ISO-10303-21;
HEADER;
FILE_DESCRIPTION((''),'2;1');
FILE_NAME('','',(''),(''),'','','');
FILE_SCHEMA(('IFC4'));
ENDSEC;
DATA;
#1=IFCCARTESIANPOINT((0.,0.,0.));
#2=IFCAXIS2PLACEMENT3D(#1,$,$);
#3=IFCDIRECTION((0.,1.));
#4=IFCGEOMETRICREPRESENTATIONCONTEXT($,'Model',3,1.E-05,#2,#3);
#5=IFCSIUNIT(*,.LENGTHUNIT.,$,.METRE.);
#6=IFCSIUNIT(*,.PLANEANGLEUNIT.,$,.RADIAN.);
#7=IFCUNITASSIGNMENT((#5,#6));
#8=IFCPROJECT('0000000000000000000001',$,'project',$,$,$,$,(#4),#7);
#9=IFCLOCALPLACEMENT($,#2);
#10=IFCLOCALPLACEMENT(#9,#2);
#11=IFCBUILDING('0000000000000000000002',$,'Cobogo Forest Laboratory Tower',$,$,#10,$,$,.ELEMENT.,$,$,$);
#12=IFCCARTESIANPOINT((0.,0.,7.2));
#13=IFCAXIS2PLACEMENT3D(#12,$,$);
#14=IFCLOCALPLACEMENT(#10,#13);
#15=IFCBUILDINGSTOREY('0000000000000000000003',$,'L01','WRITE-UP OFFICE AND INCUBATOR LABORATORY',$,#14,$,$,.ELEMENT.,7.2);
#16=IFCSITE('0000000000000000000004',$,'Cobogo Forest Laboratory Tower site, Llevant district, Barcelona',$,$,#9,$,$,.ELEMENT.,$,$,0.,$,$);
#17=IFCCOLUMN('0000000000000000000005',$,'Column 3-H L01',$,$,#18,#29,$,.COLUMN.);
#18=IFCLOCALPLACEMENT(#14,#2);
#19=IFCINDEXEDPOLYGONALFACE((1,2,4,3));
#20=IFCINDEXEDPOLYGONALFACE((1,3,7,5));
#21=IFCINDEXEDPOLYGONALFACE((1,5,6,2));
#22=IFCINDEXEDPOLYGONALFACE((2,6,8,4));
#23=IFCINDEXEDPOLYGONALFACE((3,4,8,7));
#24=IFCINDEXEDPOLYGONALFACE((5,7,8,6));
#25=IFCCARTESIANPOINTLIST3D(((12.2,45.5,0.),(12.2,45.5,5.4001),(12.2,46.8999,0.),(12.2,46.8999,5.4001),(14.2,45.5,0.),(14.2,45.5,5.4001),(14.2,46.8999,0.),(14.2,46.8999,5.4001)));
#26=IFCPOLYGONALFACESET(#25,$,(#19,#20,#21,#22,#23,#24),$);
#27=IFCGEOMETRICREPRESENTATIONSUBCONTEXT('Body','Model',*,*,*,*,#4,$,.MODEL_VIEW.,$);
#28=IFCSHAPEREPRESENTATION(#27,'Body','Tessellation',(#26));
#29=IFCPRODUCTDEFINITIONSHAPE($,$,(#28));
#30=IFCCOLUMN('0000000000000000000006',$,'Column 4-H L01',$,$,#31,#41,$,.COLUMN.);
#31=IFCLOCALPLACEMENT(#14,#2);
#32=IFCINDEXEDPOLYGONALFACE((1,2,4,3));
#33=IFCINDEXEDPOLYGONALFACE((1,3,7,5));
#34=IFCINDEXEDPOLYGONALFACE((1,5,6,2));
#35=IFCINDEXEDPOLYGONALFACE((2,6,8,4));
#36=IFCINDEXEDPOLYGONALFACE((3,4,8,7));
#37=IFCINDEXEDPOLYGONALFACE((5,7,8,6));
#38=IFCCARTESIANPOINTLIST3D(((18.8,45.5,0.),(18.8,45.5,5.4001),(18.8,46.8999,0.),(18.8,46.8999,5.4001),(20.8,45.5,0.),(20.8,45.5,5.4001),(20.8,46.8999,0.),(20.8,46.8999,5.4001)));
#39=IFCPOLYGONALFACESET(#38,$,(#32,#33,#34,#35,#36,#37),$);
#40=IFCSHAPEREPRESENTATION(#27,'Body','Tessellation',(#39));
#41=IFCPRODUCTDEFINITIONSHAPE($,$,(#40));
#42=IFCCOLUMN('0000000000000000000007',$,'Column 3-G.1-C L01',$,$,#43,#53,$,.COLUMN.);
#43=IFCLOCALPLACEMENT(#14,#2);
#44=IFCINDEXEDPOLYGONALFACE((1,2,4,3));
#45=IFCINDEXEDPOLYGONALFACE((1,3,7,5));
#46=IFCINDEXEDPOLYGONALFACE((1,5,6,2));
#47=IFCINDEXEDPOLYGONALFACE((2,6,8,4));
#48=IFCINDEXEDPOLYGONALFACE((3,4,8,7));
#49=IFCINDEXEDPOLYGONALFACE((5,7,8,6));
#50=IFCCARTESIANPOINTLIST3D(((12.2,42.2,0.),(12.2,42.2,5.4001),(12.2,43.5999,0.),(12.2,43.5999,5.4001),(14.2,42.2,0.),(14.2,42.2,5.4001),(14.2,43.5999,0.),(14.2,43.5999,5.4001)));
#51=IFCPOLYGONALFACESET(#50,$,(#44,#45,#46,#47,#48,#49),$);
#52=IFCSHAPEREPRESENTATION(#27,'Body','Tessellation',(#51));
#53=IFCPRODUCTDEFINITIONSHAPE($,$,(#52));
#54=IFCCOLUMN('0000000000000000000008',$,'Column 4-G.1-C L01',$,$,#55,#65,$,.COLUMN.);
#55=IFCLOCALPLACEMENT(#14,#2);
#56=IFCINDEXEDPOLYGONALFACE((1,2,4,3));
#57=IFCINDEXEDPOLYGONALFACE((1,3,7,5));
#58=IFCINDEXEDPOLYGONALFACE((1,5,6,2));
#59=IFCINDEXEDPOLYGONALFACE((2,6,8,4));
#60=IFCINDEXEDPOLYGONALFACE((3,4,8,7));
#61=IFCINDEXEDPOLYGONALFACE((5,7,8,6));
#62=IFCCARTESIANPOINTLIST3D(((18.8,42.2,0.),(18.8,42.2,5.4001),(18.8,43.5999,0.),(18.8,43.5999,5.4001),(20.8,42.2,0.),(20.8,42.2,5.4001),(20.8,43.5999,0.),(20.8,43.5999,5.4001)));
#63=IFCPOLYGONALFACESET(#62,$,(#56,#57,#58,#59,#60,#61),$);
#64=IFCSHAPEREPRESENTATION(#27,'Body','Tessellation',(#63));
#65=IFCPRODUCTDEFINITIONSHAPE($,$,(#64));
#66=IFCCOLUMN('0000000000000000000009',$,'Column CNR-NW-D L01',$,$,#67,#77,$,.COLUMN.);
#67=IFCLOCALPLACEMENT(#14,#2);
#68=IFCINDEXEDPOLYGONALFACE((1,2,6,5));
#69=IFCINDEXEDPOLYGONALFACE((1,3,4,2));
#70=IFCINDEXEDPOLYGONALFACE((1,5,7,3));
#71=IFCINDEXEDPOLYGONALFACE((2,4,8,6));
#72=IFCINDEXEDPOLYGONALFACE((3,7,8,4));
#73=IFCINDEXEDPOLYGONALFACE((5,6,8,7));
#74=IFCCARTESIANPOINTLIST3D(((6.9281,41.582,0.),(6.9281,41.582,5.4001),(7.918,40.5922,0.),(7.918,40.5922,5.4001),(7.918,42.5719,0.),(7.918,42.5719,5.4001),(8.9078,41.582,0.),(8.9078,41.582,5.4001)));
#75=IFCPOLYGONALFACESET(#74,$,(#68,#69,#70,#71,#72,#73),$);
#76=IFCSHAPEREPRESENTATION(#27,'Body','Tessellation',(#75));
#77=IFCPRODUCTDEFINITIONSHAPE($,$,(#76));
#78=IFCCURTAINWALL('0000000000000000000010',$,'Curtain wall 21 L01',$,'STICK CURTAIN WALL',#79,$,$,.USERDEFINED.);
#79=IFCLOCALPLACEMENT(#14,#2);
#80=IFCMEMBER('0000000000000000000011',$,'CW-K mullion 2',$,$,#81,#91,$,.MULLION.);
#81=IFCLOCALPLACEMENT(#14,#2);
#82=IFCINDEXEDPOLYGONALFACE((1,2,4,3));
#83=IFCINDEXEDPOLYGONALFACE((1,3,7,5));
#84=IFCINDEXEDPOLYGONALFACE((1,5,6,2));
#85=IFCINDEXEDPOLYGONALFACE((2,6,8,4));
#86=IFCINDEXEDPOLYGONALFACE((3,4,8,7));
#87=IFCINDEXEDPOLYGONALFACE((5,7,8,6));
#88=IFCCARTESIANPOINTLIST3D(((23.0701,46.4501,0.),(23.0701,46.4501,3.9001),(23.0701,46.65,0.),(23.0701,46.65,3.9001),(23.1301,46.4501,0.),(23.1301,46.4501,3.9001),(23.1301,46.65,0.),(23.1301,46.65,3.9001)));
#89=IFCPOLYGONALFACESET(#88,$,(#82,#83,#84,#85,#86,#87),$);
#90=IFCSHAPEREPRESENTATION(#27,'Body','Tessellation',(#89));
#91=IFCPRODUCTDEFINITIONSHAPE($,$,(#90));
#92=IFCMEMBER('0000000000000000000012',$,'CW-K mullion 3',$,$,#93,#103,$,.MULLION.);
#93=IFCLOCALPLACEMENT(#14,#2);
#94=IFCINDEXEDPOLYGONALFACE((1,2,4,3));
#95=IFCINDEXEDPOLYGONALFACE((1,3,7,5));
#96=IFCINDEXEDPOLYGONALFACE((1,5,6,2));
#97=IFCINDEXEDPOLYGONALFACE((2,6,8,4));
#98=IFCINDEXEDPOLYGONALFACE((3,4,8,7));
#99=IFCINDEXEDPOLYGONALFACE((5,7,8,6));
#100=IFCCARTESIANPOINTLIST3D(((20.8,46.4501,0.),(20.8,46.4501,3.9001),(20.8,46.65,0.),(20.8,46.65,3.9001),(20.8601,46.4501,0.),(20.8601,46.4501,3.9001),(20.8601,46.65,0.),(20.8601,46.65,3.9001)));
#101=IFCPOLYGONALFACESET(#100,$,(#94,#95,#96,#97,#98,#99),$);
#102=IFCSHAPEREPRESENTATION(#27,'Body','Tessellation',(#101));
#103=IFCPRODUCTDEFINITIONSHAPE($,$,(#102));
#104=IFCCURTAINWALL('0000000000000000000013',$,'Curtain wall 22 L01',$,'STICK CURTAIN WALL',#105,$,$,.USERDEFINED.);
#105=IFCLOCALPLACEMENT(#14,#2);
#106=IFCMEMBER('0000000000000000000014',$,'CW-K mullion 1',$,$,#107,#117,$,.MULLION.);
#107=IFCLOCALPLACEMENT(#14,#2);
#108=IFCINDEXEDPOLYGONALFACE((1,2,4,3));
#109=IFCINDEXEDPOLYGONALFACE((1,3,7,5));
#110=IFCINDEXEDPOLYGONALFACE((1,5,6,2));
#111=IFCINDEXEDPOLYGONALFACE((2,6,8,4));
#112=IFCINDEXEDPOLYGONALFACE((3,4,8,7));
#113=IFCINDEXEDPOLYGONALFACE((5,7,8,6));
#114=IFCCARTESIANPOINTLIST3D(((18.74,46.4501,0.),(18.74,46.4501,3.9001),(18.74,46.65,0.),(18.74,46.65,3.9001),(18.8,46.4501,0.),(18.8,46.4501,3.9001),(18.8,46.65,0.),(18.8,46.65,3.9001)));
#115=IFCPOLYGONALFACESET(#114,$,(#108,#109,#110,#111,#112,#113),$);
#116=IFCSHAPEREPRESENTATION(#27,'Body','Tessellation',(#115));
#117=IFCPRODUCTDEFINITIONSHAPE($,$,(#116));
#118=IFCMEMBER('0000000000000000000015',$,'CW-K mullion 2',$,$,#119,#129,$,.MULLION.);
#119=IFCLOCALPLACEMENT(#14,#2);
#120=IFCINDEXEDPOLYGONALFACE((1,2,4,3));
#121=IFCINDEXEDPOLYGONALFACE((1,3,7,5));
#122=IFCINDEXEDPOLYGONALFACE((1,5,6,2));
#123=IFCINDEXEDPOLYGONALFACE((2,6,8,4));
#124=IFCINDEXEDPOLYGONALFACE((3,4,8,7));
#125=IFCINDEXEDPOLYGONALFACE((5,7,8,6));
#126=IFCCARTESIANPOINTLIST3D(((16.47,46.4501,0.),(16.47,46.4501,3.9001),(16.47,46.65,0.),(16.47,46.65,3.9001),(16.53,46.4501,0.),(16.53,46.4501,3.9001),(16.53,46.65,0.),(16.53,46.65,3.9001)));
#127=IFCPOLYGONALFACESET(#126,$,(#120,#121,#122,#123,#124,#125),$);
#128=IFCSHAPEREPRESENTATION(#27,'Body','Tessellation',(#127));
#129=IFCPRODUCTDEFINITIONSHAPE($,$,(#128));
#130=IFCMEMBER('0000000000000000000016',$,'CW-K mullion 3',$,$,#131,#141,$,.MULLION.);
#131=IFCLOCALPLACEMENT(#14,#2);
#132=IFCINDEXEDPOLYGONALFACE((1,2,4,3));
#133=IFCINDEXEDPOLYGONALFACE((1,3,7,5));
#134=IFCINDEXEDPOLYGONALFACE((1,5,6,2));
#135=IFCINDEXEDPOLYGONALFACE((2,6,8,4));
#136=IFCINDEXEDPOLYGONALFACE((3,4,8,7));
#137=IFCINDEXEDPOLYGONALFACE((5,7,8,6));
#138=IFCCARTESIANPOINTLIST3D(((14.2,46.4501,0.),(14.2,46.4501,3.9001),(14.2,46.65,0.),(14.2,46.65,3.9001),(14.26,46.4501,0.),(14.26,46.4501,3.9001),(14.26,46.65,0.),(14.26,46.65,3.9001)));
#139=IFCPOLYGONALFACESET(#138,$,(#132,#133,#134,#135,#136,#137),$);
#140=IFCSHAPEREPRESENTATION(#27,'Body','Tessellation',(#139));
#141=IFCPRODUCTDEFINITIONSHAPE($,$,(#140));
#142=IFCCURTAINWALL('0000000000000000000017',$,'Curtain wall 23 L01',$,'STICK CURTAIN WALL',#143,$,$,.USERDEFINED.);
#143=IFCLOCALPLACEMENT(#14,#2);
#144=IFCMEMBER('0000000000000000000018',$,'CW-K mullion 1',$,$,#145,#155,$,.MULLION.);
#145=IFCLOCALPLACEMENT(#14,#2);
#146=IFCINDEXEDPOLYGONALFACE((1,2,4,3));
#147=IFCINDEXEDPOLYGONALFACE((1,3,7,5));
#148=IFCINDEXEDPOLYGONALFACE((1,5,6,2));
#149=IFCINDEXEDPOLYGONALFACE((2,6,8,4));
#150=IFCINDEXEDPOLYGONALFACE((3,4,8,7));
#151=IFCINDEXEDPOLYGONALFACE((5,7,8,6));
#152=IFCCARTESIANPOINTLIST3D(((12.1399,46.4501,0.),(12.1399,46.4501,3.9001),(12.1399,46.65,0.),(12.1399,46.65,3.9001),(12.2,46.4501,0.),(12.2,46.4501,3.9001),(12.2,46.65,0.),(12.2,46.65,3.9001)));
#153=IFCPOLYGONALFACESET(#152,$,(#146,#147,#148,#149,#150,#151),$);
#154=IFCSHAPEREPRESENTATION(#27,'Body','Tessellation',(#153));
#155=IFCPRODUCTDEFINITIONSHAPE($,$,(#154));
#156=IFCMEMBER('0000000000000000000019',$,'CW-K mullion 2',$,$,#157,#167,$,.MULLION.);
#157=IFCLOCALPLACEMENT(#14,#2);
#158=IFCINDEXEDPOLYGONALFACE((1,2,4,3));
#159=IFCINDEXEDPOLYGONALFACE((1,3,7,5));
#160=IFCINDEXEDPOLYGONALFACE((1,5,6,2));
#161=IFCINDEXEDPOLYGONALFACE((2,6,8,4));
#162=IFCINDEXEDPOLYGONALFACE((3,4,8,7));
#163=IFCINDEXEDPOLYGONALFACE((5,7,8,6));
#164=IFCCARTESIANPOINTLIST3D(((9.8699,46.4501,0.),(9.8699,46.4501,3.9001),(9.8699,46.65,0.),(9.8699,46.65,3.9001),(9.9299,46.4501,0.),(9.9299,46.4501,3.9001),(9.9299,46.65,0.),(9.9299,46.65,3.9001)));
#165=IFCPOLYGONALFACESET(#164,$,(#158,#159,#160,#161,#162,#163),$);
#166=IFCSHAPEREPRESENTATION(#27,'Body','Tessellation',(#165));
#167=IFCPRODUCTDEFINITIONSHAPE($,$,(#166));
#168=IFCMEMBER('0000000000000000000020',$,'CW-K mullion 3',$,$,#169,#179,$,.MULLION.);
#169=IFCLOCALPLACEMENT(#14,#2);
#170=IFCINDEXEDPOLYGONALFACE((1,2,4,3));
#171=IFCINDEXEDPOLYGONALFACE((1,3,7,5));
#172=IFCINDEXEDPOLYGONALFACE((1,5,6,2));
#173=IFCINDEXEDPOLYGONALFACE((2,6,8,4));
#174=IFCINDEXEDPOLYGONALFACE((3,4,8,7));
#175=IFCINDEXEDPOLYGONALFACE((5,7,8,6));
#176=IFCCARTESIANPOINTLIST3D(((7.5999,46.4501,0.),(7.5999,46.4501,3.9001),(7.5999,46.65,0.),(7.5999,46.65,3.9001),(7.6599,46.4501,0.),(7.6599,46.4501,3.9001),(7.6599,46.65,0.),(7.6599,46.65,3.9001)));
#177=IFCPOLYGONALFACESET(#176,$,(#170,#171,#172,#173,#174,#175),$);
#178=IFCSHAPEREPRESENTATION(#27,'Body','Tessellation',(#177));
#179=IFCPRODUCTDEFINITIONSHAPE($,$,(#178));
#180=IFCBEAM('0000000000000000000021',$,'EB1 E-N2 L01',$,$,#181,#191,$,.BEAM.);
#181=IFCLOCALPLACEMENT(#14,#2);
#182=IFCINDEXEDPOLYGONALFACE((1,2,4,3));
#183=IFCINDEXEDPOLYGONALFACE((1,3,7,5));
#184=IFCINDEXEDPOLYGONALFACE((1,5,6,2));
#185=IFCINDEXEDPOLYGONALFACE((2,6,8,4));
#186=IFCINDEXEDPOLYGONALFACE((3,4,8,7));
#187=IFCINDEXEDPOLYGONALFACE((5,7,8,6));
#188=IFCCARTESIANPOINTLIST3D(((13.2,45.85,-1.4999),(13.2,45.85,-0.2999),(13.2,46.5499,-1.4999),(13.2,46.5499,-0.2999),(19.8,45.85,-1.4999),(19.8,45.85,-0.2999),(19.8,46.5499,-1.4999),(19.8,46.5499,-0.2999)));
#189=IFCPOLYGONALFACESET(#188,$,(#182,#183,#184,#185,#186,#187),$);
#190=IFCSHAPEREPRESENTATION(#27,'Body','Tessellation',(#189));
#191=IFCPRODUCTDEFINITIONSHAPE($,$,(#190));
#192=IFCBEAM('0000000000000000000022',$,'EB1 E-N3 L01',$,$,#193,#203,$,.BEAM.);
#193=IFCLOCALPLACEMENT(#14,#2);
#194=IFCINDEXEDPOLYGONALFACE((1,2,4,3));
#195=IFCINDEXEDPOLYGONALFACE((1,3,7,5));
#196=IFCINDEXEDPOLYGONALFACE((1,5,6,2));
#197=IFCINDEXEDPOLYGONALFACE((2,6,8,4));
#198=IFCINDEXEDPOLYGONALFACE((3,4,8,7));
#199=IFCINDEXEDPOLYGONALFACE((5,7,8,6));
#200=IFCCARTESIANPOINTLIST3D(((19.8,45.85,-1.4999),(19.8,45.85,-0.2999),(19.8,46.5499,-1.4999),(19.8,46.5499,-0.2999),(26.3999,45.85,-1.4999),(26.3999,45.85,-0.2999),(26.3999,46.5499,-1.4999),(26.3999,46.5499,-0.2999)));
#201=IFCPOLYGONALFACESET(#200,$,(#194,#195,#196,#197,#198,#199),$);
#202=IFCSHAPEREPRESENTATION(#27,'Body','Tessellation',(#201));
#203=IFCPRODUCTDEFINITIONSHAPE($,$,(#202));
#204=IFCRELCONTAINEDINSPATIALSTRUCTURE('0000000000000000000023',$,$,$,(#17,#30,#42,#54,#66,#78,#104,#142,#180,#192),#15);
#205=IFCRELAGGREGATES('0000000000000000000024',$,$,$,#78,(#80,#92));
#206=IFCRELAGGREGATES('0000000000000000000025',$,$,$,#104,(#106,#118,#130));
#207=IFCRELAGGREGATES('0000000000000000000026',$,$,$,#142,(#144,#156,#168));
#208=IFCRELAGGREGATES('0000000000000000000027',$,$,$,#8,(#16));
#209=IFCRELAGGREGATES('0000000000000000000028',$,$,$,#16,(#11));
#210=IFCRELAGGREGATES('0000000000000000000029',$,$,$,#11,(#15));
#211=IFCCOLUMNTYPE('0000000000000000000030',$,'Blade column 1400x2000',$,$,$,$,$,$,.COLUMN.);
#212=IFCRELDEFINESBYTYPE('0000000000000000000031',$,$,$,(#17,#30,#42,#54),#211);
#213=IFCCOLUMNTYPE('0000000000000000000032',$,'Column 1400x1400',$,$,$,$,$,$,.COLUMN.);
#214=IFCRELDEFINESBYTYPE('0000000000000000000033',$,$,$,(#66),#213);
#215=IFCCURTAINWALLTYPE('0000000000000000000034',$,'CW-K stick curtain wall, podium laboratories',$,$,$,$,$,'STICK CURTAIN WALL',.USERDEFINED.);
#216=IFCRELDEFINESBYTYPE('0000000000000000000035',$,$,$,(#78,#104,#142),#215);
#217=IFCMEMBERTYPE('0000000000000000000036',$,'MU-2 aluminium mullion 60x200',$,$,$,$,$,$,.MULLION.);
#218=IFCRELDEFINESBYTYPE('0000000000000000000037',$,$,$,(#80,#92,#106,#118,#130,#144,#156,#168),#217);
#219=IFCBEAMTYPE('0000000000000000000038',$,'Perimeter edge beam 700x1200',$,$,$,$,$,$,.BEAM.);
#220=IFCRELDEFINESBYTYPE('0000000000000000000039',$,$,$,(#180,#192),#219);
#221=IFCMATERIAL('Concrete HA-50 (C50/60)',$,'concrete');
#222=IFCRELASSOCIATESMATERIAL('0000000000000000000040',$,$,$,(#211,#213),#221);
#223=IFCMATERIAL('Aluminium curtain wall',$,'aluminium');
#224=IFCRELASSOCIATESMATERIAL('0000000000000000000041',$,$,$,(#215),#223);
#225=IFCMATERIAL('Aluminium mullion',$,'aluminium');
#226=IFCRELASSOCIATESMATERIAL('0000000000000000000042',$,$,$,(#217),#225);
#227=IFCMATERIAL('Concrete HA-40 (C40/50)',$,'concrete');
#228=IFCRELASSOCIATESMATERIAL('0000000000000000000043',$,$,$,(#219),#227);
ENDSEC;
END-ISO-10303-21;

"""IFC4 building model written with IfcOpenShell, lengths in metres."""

from ifc_helpers import new_model, si_unit, direction, frame, origin, origin_2d, place, context, subcontext, project, spatial, rectangle, extrude, material, material_profile, profile_set, type_object, element, aggregate, save


model = new_model("IFC4")

# Units and contexts
model_context = context("Model", 3, precision=1e-05, world=origin(), true_north=direction((0.0, 1.0)))
body_context = subcontext(model_context, "Body", "Model", "MODEL_VIEW")
ifc_project = project(units=[si_unit("LENGTHUNIT", "METRE"), si_unit("PLANEANGLEUNIT", "RADIAN")], contexts=[model_context])

# Site, building, storey
site_placement = place(None, origin())
site = spatial("IfcSite", under=ifc_project, at=site_placement, Name="Cobogo Forest Laboratory Tower site, Llevant district, Barcelona", CompositionType="ELEMENT", RefElevation=0.0)
building_placement = place(site_placement, origin())
building = spatial("IfcBuilding", under=site, at=building_placement, Name="Cobogo Forest Laboratory Tower", CompositionType="ELEMENT")
storey_placement = place(building_placement, frame((0.0, 0.0, 7.2)))
storey = spatial("IfcBuildingStorey", under=building, at=storey_placement, Name="L01", Description="WRITE-UP OFFICE AND INCUBATOR LABORATORY", CompositionType="ELEMENT", Elevation=7.2)

# Columns
ifc_material_1 = material(Name="Concrete HA-50 (C50/60)", Category="concrete")
ifc_material_profile_1 = material_profile(ifc_material_1, rectangle(XDim=2.0, YDim=1.3999, at=origin_2d()), Name="RC 1400x2000")
ifc_profile_set_1 = profile_set([ifc_material_profile_1], Name="Concrete HA-50 (C50/60)")
column_type_1 = type_object("IfcColumnType", Name="Blade column 1400x2000", PredefinedType="COLUMN", material=ifc_profile_set_1)
for number, where, z_axis, x_axis, name in (
    (1, (13.2, 46.2, 0.0), (0.0, 0.0, 1.0), (1.0, 0.0, 0.0), "Column 3-H L01"),
    (2, (19.8, 46.2, 0.0), (0.0, 0.0, 1.0), (1.0, 0.0, 0.0), "Column 4-H L01"),
    (3, (13.2, 42.8999, 0.0), (0.0, 0.0, 1.0), (1.0, 0.0, 0.0), "Column 3-G.1-C L01"),
    (4, (19.8, 42.8999, 0.0), (0.0, 0.0, 1.0), (1.0, 0.0, 0.0), "Column 4-G.1-C L01"),
):
    element("IfcColumn", number, at=place(storey_placement, frame(where, z_axis=z_axis, x_axis=x_axis)), inside=storey, type_object=column_type_1, Name=name, PredefinedType="COLUMN", context=body_context, shape_type="SweptSolid", body=[
        extrude(rectangle(XDim=2.0, YDim=1.3999, at=origin_2d()), origin(), (0.0, 0.0, 1.0), 5.4001),
    ])
ifc_material_profile_2 = material_profile(ifc_material_1, rectangle(XDim=1.3999, YDim=1.3999, at=origin_2d()), Name="RC 1400x1400")
ifc_profile_set_2 = profile_set([ifc_material_profile_2], Name="Concrete HA-50 (C50/60)")
column_type_2 = type_object("IfcColumnType", Name="Column 1400x1400", PredefinedType="COLUMN", material=ifc_profile_set_2)
column_placement = place(storey_placement, frame((7.918, 41.582, 0.0), z_axis=(0.0, 0.0, 1.0), x_axis=(0.707107, 0.707107, 0.0)))
element("IfcColumn", 5, at=column_placement, inside=storey, type_object=column_type_2, Name="Column CNR-NW-D L01", PredefinedType="COLUMN", context=body_context, shape_type="SweptSolid", body=[
    extrude(rectangle(XDim=1.3999, YDim=1.3999, at=origin_2d()), origin(), (0.0, 0.0, 1.0), 5.4001),
])

# Curtain walls, members
ifc_material_2 = material(Name="Aluminium curtain wall", Category="aluminium")
curtain_wall_type = type_object("IfcCurtainWallType", Name="CW-K stick curtain wall, podium laboratories", ElementType="STICK CURTAIN WALL", PredefinedType="USERDEFINED", material=ifc_material_2)
curtain_wall_1_placement = place(storey_placement, origin())
curtain_wall_1 = element("IfcCurtainWall", 6, at=curtain_wall_1_placement, inside=storey, type_object=curtain_wall_type, Name="Curtain wall 21 L01", ObjectType="STICK CURTAIN WALL", PredefinedType="USERDEFINED")
ifc_material_3 = material(Name="Aluminium mullion", Category="aluminium")
ifc_material_profile_3 = material_profile(ifc_material_3, rectangle(XDim=0.0601, YDim=0.2, at=origin_2d()), Name="AL 60x200")
ifc_profile_set_3 = profile_set([ifc_material_profile_3], Name="Aluminium mullion")
member_type_1 = type_object("IfcMemberType", Name="MU-2 aluminium mullion 60x200", PredefinedType="MULLION", material=ifc_profile_set_3)
member_1_placement = place(storey_placement, frame((23.1001, 46.55, 0.0), z_axis=(0.0, 0.0, 1.0), x_axis=(-1.0, 0.0, 0.0)))
member_1 = element("IfcMember", 7, at=member_1_placement, type_object=member_type_1, Name="CW-K mullion 2", PredefinedType="MULLION", context=body_context, shape_type="SweptSolid", body=[
    extrude(rectangle(XDim=0.0601, YDim=0.2, at=origin_2d()), origin(), (0.0, 0.0, 1.0), 3.9001),
])
member_2_placement = place(storey_placement, frame((20.8301, 46.55, 0.0), z_axis=(0.0, 0.0, 1.0), x_axis=(-1.0, 0.0, 0.0)))
member_2 = element("IfcMember", 8, at=member_2_placement, type_object=member_type_1, Name="CW-K mullion 3", PredefinedType="MULLION", context=body_context, shape_type="SweptSolid", body=[
    extrude(rectangle(XDim=0.0601, YDim=0.2, at=origin_2d()), origin(), (0.0, 0.0, 1.0), 3.9001),
])
curtain_wall_2_placement = place(storey_placement, origin())
curtain_wall_2 = element("IfcCurtainWall", 9, at=curtain_wall_2_placement, inside=storey, type_object=curtain_wall_type, Name="Curtain wall 22 L01", ObjectType="STICK CURTAIN WALL", PredefinedType="USERDEFINED")
member_3_placement = place(storey_placement, frame((18.77, 46.55, 0.0), z_axis=(0.0, 0.0, 1.0), x_axis=(-1.0, 0.0, 0.0)))
member_3 = element("IfcMember", 10, at=member_3_placement, type_object=member_type_1, Name="CW-K mullion 1", PredefinedType="MULLION", context=body_context, shape_type="SweptSolid", body=[
    extrude(rectangle(XDim=0.0601, YDim=0.2, at=origin_2d()), origin(), (0.0, 0.0, 1.0), 3.9001),
])
member_4_placement = place(storey_placement, frame((16.5, 46.55, 0.0), z_axis=(0.0, 0.0, 1.0), x_axis=(-1.0, 0.0, 0.0)))
member_4 = element("IfcMember", 11, at=member_4_placement, type_object=member_type_1, Name="CW-K mullion 2", PredefinedType="MULLION", context=body_context, shape_type="SweptSolid", body=[
    extrude(rectangle(XDim=0.0601, YDim=0.2, at=origin_2d()), origin(), (0.0, 0.0, 1.0), 3.9001),
])
member_5_placement = place(storey_placement, frame((14.23, 46.55, 0.0), z_axis=(0.0, 0.0, 1.0), x_axis=(-1.0, 0.0, 0.0)))
member_5 = element("IfcMember", 12, at=member_5_placement, type_object=member_type_1, Name="CW-K mullion 3", PredefinedType="MULLION", context=body_context, shape_type="SweptSolid", body=[
    extrude(rectangle(XDim=0.0601, YDim=0.2, at=origin_2d()), origin(), (0.0, 0.0, 1.0), 3.9001),
])
curtain_wall_3_placement = place(storey_placement, origin())
curtain_wall_3 = element("IfcCurtainWall", 13, at=curtain_wall_3_placement, inside=storey, type_object=curtain_wall_type, Name="Curtain wall 23 L01", ObjectType="STICK CURTAIN WALL", PredefinedType="USERDEFINED")
member_6_placement = place(storey_placement, frame((12.1699, 46.55, 0.0), z_axis=(0.0, 0.0, 1.0), x_axis=(-1.0, 0.0, 0.0)))
member_6 = element("IfcMember", 14, at=member_6_placement, type_object=member_type_1, Name="CW-K mullion 1", PredefinedType="MULLION", context=body_context, shape_type="SweptSolid", body=[
    extrude(rectangle(XDim=0.0601, YDim=0.2, at=origin_2d()), origin(), (0.0, 0.0, 1.0), 3.9001),
])
member_7_placement = place(storey_placement, frame((9.8999, 46.55, 0.0), z_axis=(0.0, 0.0, 1.0), x_axis=(-1.0, 0.0, 0.0)))
member_7 = element("IfcMember", 15, at=member_7_placement, type_object=member_type_1, Name="CW-K mullion 2", PredefinedType="MULLION", context=body_context, shape_type="SweptSolid", body=[
    extrude(rectangle(XDim=0.0601, YDim=0.2, at=origin_2d()), origin(), (0.0, 0.0, 1.0), 3.9001),
])
member_8_placement = place(storey_placement, frame((7.6299, 46.55, 0.0), z_axis=(0.0, 0.0, 1.0), x_axis=(-1.0, 0.0, 0.0)))
member_8 = element("IfcMember", 16, at=member_8_placement, type_object=member_type_1, Name="CW-K mullion 3", PredefinedType="MULLION", context=body_context, shape_type="SweptSolid", body=[
    extrude(rectangle(XDim=0.0601, YDim=0.2, at=origin_2d()), origin(), (0.0, 0.0, 1.0), 3.9001),
])

# Beams
ifc_material_4 = material(Name="Concrete HA-40 (C40/50)", Category="concrete")
ifc_material_profile_4 = material_profile(ifc_material_4, rectangle(XDim=0.7, YDim=1.2, at=origin_2d()), Name="RC 700x1200")
ifc_profile_set_4 = profile_set([ifc_material_profile_4], Name="Concrete HA-40 (C40/50)")
beam_type = type_object("IfcBeamType", Name="Perimeter edge beam 700x1200", PredefinedType="BEAM", material=ifc_profile_set_4)
beam_1_placement = place(storey_placement, frame((13.2, 46.2, -0.8999), z_axis=(1.0, 0.0, 0.0), x_axis=(0.0, 1.0, 0.0)))
element("IfcBeam", 17, at=beam_1_placement, inside=storey, type_object=beam_type, Name="EB1 E-N2 L01", PredefinedType="BEAM", context=body_context, shape_type="SweptSolid", body=[
    extrude(rectangle(XDim=0.7, YDim=1.2, at=origin_2d()), origin(), (0.0, 0.0, 1.0), 6.6001),
])
beam_2_placement = place(storey_placement, frame((19.8, 46.2, -0.8999), z_axis=(1.0, 0.0, 0.0), x_axis=(0.0, 1.0, 0.0)))
element("IfcBeam", 18, at=beam_2_placement, inside=storey, type_object=beam_type, Name="EB1 E-N3 L01", PredefinedType="BEAM", context=body_context, shape_type="SweptSolid", body=[
    extrude(rectangle(XDim=0.7, YDim=1.2, at=origin_2d()), origin(), (0.0, 0.0, 1.0), 6.5999),
])

aggregate(curtain_wall_1, [member_1, member_2])
aggregate(curtain_wall_2, [member_3, member_4, member_5])
aggregate(curtain_wall_3, [member_6, member_7, member_8])

save(model, "model.ifc")
